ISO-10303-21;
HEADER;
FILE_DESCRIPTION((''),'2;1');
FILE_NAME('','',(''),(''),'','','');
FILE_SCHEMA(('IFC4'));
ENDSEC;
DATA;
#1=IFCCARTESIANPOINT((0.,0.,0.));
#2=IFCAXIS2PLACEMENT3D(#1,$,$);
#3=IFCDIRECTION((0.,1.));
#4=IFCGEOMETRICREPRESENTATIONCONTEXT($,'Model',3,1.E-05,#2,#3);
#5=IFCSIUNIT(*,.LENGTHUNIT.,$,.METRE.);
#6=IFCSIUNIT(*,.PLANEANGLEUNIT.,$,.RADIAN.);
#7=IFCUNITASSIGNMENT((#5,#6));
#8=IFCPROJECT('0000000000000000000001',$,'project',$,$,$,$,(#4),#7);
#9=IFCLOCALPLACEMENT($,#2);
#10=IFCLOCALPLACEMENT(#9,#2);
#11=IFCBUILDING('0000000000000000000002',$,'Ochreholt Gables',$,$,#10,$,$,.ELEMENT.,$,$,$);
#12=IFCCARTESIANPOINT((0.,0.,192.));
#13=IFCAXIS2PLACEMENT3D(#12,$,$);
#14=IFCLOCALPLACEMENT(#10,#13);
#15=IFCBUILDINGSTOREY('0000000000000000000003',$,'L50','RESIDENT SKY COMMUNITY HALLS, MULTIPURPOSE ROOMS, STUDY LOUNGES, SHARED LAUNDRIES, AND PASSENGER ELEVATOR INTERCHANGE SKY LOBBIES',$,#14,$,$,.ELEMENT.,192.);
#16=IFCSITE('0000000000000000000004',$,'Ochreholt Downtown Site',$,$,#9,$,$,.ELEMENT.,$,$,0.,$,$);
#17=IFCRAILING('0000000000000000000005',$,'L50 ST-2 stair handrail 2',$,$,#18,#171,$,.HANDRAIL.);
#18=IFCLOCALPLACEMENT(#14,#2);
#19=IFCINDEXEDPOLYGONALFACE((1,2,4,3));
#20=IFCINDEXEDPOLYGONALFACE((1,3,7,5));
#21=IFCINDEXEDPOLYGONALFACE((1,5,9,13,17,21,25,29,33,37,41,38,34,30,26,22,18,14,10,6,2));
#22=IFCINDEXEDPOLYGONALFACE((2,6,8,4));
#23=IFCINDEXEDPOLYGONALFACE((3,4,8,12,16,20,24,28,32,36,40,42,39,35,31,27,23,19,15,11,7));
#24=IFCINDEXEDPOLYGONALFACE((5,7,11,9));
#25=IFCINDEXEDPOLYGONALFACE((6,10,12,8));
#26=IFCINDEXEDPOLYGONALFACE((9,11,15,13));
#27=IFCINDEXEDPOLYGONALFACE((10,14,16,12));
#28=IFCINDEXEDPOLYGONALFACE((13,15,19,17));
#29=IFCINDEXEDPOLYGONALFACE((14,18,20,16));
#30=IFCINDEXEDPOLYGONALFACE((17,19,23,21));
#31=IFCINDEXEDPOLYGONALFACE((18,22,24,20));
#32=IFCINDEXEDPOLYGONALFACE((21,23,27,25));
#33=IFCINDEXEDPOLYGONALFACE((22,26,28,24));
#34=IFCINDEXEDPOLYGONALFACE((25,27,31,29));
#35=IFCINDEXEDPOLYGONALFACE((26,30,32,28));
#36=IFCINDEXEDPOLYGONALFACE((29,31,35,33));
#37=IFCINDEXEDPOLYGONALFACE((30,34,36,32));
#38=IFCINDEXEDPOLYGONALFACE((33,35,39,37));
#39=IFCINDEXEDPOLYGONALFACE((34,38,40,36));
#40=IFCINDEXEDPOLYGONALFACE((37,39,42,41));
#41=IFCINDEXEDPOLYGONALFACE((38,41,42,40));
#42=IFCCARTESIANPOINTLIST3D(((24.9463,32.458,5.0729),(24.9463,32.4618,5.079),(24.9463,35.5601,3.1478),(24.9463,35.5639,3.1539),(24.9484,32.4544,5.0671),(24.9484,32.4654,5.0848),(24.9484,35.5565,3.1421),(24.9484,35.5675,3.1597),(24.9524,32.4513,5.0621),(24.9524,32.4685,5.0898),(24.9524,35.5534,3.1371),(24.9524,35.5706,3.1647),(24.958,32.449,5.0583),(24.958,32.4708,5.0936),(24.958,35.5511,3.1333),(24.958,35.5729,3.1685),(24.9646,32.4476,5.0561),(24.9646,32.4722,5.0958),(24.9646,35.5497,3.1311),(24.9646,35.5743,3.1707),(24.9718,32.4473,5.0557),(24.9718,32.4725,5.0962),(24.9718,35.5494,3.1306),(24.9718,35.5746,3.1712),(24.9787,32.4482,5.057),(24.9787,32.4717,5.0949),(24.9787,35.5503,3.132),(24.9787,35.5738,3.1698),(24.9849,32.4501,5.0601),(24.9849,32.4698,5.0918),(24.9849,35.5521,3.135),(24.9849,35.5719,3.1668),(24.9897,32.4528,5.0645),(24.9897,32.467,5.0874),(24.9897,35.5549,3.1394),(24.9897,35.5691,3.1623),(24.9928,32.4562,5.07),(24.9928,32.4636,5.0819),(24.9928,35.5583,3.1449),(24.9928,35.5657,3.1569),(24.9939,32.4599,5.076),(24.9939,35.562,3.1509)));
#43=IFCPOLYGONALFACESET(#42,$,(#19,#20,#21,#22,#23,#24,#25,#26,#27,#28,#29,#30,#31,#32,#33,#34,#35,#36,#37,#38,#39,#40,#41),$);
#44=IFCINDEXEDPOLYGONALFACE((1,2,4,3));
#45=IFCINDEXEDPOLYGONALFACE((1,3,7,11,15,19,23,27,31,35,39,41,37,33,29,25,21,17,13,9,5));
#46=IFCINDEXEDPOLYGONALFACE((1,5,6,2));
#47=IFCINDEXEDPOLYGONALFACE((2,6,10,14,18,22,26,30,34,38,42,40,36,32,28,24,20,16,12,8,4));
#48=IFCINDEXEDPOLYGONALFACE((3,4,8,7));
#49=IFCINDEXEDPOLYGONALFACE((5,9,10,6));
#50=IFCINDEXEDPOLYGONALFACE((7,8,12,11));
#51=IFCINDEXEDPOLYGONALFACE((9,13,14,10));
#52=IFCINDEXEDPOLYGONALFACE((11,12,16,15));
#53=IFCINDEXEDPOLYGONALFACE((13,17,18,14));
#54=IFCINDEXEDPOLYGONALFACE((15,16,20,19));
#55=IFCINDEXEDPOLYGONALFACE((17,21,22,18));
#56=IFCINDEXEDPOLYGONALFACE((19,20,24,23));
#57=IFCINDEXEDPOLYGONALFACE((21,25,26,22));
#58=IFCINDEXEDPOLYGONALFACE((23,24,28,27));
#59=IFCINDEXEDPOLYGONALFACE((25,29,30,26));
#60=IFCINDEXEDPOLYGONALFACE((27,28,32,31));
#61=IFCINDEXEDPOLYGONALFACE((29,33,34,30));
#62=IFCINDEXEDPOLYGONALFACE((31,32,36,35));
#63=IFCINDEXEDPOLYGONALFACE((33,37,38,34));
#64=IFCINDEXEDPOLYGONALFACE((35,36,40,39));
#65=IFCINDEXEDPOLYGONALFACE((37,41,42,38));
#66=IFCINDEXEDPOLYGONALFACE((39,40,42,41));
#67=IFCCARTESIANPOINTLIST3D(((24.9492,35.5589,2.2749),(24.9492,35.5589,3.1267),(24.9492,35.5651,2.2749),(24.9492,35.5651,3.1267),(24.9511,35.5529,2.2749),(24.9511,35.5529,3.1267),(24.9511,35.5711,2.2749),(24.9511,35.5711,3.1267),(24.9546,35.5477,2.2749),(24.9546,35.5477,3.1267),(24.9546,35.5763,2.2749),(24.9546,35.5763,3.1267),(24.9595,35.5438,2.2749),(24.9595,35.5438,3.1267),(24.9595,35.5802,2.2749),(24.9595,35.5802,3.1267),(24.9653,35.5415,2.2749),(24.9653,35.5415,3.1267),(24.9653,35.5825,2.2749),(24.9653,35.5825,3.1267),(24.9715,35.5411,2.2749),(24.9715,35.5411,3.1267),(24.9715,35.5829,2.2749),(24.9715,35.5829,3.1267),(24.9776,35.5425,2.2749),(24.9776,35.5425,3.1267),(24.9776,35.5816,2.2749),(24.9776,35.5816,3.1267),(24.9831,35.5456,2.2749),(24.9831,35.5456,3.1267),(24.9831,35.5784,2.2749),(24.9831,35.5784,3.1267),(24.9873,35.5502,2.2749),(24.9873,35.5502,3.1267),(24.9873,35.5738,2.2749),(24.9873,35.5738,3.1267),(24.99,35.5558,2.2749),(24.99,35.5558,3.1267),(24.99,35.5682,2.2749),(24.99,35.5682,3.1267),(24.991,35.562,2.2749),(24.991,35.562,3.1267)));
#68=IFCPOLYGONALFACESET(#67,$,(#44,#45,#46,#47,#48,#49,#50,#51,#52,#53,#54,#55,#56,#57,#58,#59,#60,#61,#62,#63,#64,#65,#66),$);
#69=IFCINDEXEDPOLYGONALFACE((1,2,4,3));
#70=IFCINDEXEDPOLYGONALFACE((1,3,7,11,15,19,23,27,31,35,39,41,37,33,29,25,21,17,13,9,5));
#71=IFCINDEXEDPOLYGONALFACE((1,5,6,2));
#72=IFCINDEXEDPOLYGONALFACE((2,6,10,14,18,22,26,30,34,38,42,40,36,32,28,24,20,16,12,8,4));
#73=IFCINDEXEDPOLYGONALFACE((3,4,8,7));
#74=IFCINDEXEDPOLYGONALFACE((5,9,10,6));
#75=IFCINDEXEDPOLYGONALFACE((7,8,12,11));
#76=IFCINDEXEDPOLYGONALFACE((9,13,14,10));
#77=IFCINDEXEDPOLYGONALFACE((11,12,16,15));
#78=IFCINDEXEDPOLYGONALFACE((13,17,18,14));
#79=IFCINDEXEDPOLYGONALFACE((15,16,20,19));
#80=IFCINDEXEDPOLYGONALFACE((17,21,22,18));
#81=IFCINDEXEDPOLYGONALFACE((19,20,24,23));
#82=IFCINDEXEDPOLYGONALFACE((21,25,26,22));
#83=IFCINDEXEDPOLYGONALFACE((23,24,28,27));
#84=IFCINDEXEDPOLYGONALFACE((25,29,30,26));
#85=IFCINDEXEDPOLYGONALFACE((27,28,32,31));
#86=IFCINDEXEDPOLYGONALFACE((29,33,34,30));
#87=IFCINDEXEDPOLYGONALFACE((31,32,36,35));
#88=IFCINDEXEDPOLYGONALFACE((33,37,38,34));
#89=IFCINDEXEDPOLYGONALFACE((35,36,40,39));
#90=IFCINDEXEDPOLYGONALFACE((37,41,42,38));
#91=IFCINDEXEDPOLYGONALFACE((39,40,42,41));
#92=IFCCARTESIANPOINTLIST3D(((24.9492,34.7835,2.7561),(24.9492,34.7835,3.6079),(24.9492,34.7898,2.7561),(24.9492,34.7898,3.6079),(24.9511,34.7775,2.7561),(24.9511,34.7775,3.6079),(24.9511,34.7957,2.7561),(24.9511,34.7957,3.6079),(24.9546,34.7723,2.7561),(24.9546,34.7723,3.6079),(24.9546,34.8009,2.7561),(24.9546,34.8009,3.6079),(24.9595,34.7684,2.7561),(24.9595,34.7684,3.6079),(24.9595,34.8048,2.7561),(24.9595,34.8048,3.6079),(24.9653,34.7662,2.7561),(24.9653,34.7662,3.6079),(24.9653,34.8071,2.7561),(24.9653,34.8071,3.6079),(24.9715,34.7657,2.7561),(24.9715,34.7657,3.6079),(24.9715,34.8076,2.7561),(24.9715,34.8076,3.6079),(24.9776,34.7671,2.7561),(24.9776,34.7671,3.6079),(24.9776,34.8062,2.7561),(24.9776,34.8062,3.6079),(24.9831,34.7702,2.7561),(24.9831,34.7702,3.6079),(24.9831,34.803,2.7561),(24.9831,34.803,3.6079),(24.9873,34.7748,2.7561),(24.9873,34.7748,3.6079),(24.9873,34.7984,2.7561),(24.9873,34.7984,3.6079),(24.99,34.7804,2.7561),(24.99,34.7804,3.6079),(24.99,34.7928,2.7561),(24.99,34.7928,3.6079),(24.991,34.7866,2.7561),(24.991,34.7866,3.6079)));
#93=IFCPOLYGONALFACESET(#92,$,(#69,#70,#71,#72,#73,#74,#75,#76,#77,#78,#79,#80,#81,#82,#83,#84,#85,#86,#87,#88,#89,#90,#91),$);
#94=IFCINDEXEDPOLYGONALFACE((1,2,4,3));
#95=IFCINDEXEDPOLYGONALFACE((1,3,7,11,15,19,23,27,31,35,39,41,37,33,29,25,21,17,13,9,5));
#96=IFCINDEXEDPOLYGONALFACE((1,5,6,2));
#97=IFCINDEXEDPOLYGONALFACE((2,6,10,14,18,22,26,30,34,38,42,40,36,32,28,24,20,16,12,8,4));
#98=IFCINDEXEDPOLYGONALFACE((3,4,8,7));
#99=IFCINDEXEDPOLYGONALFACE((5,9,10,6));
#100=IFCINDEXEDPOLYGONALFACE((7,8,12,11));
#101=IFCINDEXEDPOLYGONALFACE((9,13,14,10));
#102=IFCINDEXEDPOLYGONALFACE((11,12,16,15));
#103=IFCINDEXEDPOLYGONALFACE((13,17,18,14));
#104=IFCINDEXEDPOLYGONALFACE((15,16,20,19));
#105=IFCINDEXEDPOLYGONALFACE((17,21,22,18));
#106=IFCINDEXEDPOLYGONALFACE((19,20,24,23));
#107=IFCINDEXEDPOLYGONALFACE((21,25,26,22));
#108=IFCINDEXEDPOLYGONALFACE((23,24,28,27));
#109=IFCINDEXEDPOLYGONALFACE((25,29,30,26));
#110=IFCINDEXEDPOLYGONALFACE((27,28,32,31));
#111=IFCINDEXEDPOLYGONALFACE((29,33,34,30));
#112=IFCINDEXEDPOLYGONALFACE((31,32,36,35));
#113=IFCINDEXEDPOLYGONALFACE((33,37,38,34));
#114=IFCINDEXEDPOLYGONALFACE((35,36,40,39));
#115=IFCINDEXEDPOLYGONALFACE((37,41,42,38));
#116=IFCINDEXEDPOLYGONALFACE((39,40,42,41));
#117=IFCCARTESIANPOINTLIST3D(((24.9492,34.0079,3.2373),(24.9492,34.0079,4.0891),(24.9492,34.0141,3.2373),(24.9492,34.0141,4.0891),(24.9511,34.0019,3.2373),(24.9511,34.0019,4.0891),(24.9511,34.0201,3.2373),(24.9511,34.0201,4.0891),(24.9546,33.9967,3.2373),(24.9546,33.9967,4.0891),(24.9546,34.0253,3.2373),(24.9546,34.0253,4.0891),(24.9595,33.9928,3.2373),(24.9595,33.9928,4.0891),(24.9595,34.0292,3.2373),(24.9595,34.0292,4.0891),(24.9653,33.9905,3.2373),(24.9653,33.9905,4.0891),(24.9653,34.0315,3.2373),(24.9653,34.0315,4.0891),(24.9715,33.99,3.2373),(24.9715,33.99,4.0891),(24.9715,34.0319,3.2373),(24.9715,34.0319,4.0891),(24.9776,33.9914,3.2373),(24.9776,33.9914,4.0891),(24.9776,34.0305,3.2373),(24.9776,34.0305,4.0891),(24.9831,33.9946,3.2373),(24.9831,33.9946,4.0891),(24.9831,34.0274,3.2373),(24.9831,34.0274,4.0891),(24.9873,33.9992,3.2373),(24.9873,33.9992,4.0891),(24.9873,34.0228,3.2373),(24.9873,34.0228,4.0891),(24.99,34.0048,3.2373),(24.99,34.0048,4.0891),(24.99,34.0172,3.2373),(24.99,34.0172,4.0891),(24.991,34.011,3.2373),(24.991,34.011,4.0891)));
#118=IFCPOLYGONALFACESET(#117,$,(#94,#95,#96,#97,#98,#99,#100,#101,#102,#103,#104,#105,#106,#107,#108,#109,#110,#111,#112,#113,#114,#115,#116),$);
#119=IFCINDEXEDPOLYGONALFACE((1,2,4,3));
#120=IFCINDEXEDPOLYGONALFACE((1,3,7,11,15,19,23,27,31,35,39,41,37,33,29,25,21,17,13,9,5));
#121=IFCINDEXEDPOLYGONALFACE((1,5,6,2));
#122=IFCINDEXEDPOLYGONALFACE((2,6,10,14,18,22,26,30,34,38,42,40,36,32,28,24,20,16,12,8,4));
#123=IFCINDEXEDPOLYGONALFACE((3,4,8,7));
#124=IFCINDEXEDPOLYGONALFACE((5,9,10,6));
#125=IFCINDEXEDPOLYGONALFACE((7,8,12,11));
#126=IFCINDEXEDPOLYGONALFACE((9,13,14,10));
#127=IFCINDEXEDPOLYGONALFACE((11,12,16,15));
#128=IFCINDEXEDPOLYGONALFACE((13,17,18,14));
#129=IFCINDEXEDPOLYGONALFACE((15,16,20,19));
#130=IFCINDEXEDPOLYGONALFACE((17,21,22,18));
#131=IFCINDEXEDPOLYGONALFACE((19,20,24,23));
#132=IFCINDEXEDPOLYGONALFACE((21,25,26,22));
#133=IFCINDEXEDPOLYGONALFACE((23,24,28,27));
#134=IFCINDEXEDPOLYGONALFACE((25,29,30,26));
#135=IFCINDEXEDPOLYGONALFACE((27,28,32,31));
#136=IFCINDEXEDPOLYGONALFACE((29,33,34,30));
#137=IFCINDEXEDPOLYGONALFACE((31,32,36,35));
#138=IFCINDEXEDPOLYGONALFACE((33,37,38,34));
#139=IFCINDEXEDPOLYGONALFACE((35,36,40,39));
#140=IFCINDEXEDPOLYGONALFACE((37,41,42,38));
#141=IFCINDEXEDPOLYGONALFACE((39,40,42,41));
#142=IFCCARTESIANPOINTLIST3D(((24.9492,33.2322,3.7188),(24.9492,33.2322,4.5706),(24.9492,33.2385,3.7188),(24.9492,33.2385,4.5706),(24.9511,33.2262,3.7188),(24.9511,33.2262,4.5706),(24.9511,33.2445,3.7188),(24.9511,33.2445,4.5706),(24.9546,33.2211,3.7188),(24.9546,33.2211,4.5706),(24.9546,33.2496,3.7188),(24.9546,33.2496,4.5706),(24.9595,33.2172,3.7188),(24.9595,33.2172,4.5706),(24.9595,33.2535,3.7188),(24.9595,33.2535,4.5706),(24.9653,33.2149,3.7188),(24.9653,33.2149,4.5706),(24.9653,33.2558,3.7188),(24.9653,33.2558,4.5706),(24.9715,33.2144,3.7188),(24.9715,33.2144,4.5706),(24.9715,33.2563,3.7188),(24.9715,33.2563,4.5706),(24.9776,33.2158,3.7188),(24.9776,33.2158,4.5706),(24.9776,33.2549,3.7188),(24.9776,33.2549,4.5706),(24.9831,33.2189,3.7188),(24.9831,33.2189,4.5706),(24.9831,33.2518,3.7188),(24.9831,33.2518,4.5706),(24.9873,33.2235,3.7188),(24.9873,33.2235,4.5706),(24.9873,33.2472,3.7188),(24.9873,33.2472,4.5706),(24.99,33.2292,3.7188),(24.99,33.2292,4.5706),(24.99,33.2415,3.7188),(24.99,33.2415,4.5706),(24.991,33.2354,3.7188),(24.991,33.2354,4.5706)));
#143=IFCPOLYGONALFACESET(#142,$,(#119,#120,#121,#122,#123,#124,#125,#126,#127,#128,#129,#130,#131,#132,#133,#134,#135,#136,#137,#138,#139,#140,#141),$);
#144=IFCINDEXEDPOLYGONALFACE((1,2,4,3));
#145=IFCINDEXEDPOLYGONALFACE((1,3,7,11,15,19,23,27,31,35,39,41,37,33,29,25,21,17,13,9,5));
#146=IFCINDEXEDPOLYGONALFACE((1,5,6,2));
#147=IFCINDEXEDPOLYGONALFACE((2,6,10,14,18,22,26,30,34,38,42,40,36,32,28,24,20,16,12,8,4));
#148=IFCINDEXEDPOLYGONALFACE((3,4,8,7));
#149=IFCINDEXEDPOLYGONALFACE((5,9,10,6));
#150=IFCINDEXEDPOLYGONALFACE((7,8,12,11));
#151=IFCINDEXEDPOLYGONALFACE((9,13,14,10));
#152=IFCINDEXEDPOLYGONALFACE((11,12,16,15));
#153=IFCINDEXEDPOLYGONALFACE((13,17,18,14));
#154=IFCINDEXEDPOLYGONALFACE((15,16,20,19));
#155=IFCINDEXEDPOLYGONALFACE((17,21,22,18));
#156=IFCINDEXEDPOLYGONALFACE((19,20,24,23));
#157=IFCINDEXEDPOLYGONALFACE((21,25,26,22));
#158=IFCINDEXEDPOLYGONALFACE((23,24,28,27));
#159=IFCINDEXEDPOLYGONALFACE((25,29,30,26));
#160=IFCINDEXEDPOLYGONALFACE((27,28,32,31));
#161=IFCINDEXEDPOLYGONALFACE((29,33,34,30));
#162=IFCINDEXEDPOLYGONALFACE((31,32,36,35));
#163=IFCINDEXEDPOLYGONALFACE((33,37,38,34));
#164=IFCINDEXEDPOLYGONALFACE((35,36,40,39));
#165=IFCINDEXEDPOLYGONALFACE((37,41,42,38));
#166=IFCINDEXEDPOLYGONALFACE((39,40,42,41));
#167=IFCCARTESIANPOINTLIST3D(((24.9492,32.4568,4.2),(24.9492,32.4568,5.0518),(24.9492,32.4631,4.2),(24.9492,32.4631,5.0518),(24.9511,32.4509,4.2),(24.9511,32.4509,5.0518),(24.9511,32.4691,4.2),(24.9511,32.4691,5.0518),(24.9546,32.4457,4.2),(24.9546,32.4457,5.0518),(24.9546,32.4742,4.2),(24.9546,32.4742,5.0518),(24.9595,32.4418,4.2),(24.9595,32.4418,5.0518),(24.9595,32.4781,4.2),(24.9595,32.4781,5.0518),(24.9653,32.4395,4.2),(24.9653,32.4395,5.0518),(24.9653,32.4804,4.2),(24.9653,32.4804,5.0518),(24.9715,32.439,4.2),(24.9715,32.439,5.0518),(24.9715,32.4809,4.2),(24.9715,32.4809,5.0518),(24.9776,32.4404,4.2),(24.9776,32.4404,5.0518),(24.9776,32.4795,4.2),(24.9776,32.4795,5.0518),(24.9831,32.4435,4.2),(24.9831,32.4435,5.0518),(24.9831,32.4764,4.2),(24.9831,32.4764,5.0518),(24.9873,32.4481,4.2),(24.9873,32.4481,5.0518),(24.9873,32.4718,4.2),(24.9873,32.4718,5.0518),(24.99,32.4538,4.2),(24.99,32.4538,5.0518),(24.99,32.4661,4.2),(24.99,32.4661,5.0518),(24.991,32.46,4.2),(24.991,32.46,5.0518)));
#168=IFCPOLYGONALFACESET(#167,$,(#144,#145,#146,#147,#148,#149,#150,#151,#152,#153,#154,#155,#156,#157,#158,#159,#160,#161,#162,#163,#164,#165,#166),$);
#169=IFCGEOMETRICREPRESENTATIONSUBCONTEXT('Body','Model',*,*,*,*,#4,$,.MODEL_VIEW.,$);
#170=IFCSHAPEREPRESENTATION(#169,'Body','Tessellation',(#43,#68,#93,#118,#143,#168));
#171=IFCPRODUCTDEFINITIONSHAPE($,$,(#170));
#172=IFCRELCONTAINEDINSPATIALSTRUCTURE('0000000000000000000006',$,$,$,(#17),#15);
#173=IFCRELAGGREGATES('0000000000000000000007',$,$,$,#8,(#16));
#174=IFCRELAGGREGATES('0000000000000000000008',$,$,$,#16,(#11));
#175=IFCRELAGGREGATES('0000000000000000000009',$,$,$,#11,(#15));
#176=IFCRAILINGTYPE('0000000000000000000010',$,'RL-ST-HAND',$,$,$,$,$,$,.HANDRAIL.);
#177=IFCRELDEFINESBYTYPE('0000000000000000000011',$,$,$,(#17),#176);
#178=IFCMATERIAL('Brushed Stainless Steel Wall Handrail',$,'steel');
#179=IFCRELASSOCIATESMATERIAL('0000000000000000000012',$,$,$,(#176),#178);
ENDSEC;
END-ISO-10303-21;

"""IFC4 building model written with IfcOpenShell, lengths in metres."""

from ifc_helpers import new_model, si_unit, direction, frame, origin, origin_2d, place, context, subcontext, project, spatial, circle, extrude, material, type_object, element, save


model = new_model("IFC4")

# Units and contexts
model_context = context("Model", 3, precision=1e-05, world=origin(), true_north=direction((0.0, 1.0)))
body_context = subcontext(model_context, "Body", "Model", "MODEL_VIEW")
ifc_project = project(units=[si_unit("LENGTHUNIT", "METRE"), si_unit("PLANEANGLEUNIT", "RADIAN")], contexts=[model_context])

# Site, building, storey
site_placement = place(None, origin())
site = spatial("IfcSite", under=ifc_project, at=site_placement, Name="Ochreholt Downtown Site", CompositionType="ELEMENT", RefElevation=0.0)
building_placement = place(site_placement, origin())
building = spatial("IfcBuilding", under=site, at=building_placement, Name="Ochreholt Gables", CompositionType="ELEMENT")
storey_placement = place(building_placement, frame((0.0, 0.0, 192.0)))
storey = spatial("IfcBuildingStorey", under=building, at=storey_placement, Name="L50", Description="RESIDENT SKY COMMUNITY HALLS, MULTIPURPOSE ROOMS, STUDY LOUNGES, SHARED LAUNDRIES, AND PASSENGER ELEVATOR INTERCHANGE SKY LOBBIES", CompositionType="ELEMENT", Elevation=192.0)

# Railing
ifc_material_1 = material(Name="Brushed Stainless Steel Wall Handrail", Category="steel")
railing_type_1 = type_object("IfcRailingType", Name="RL-ST-HAND", PredefinedType="HANDRAIL", material=ifc_material_1)
railing_1_placement = place(storey_placement, frame((24.97, 35.562, 2.2749)))
element("IfcRailing", 1, at=railing_1_placement, inside=storey, type_object=railing_type_1, Name="L50 ST-2 stair handrail 2", PredefinedType="HANDRAIL", context=body_context, shape_type="SweptSolid", body=[
    extrude(circle(Radius=0.0239, at=origin_2d()), frame((0.0, 0.0, 0.876), z_axis=(0.0, -0.849685, 0.527291), x_axis=(1.0, 0.0, 0.0)), (0.0, 0.0, 1.0), 3.6509),
    extrude(circle(Radius=0.021, at=origin_2d()), origin(), (0.0, 0.0, 1.0), 0.8518),
    extrude(circle(Radius=0.021, at=origin_2d()), frame((0.0, -0.7754, 0.4812)), (0.0, 0.0, 1.0), 0.8518),
    extrude(circle(Radius=0.021, at=origin_2d()), frame((0.0, -1.551, 0.9624)), (0.0, 0.0, 1.0), 0.8518),
    extrude(circle(Radius=0.021, at=origin_2d()), frame((0.0, -2.3267, 1.4438)), (0.0, 0.0, 1.0), 0.8518),
    extrude(circle(Radius=0.021, at=origin_2d()), frame((0.0, -3.1021, 1.925)), (0.0, 0.0, 1.0), 0.8518),
])

save(model, "model.ifc")
